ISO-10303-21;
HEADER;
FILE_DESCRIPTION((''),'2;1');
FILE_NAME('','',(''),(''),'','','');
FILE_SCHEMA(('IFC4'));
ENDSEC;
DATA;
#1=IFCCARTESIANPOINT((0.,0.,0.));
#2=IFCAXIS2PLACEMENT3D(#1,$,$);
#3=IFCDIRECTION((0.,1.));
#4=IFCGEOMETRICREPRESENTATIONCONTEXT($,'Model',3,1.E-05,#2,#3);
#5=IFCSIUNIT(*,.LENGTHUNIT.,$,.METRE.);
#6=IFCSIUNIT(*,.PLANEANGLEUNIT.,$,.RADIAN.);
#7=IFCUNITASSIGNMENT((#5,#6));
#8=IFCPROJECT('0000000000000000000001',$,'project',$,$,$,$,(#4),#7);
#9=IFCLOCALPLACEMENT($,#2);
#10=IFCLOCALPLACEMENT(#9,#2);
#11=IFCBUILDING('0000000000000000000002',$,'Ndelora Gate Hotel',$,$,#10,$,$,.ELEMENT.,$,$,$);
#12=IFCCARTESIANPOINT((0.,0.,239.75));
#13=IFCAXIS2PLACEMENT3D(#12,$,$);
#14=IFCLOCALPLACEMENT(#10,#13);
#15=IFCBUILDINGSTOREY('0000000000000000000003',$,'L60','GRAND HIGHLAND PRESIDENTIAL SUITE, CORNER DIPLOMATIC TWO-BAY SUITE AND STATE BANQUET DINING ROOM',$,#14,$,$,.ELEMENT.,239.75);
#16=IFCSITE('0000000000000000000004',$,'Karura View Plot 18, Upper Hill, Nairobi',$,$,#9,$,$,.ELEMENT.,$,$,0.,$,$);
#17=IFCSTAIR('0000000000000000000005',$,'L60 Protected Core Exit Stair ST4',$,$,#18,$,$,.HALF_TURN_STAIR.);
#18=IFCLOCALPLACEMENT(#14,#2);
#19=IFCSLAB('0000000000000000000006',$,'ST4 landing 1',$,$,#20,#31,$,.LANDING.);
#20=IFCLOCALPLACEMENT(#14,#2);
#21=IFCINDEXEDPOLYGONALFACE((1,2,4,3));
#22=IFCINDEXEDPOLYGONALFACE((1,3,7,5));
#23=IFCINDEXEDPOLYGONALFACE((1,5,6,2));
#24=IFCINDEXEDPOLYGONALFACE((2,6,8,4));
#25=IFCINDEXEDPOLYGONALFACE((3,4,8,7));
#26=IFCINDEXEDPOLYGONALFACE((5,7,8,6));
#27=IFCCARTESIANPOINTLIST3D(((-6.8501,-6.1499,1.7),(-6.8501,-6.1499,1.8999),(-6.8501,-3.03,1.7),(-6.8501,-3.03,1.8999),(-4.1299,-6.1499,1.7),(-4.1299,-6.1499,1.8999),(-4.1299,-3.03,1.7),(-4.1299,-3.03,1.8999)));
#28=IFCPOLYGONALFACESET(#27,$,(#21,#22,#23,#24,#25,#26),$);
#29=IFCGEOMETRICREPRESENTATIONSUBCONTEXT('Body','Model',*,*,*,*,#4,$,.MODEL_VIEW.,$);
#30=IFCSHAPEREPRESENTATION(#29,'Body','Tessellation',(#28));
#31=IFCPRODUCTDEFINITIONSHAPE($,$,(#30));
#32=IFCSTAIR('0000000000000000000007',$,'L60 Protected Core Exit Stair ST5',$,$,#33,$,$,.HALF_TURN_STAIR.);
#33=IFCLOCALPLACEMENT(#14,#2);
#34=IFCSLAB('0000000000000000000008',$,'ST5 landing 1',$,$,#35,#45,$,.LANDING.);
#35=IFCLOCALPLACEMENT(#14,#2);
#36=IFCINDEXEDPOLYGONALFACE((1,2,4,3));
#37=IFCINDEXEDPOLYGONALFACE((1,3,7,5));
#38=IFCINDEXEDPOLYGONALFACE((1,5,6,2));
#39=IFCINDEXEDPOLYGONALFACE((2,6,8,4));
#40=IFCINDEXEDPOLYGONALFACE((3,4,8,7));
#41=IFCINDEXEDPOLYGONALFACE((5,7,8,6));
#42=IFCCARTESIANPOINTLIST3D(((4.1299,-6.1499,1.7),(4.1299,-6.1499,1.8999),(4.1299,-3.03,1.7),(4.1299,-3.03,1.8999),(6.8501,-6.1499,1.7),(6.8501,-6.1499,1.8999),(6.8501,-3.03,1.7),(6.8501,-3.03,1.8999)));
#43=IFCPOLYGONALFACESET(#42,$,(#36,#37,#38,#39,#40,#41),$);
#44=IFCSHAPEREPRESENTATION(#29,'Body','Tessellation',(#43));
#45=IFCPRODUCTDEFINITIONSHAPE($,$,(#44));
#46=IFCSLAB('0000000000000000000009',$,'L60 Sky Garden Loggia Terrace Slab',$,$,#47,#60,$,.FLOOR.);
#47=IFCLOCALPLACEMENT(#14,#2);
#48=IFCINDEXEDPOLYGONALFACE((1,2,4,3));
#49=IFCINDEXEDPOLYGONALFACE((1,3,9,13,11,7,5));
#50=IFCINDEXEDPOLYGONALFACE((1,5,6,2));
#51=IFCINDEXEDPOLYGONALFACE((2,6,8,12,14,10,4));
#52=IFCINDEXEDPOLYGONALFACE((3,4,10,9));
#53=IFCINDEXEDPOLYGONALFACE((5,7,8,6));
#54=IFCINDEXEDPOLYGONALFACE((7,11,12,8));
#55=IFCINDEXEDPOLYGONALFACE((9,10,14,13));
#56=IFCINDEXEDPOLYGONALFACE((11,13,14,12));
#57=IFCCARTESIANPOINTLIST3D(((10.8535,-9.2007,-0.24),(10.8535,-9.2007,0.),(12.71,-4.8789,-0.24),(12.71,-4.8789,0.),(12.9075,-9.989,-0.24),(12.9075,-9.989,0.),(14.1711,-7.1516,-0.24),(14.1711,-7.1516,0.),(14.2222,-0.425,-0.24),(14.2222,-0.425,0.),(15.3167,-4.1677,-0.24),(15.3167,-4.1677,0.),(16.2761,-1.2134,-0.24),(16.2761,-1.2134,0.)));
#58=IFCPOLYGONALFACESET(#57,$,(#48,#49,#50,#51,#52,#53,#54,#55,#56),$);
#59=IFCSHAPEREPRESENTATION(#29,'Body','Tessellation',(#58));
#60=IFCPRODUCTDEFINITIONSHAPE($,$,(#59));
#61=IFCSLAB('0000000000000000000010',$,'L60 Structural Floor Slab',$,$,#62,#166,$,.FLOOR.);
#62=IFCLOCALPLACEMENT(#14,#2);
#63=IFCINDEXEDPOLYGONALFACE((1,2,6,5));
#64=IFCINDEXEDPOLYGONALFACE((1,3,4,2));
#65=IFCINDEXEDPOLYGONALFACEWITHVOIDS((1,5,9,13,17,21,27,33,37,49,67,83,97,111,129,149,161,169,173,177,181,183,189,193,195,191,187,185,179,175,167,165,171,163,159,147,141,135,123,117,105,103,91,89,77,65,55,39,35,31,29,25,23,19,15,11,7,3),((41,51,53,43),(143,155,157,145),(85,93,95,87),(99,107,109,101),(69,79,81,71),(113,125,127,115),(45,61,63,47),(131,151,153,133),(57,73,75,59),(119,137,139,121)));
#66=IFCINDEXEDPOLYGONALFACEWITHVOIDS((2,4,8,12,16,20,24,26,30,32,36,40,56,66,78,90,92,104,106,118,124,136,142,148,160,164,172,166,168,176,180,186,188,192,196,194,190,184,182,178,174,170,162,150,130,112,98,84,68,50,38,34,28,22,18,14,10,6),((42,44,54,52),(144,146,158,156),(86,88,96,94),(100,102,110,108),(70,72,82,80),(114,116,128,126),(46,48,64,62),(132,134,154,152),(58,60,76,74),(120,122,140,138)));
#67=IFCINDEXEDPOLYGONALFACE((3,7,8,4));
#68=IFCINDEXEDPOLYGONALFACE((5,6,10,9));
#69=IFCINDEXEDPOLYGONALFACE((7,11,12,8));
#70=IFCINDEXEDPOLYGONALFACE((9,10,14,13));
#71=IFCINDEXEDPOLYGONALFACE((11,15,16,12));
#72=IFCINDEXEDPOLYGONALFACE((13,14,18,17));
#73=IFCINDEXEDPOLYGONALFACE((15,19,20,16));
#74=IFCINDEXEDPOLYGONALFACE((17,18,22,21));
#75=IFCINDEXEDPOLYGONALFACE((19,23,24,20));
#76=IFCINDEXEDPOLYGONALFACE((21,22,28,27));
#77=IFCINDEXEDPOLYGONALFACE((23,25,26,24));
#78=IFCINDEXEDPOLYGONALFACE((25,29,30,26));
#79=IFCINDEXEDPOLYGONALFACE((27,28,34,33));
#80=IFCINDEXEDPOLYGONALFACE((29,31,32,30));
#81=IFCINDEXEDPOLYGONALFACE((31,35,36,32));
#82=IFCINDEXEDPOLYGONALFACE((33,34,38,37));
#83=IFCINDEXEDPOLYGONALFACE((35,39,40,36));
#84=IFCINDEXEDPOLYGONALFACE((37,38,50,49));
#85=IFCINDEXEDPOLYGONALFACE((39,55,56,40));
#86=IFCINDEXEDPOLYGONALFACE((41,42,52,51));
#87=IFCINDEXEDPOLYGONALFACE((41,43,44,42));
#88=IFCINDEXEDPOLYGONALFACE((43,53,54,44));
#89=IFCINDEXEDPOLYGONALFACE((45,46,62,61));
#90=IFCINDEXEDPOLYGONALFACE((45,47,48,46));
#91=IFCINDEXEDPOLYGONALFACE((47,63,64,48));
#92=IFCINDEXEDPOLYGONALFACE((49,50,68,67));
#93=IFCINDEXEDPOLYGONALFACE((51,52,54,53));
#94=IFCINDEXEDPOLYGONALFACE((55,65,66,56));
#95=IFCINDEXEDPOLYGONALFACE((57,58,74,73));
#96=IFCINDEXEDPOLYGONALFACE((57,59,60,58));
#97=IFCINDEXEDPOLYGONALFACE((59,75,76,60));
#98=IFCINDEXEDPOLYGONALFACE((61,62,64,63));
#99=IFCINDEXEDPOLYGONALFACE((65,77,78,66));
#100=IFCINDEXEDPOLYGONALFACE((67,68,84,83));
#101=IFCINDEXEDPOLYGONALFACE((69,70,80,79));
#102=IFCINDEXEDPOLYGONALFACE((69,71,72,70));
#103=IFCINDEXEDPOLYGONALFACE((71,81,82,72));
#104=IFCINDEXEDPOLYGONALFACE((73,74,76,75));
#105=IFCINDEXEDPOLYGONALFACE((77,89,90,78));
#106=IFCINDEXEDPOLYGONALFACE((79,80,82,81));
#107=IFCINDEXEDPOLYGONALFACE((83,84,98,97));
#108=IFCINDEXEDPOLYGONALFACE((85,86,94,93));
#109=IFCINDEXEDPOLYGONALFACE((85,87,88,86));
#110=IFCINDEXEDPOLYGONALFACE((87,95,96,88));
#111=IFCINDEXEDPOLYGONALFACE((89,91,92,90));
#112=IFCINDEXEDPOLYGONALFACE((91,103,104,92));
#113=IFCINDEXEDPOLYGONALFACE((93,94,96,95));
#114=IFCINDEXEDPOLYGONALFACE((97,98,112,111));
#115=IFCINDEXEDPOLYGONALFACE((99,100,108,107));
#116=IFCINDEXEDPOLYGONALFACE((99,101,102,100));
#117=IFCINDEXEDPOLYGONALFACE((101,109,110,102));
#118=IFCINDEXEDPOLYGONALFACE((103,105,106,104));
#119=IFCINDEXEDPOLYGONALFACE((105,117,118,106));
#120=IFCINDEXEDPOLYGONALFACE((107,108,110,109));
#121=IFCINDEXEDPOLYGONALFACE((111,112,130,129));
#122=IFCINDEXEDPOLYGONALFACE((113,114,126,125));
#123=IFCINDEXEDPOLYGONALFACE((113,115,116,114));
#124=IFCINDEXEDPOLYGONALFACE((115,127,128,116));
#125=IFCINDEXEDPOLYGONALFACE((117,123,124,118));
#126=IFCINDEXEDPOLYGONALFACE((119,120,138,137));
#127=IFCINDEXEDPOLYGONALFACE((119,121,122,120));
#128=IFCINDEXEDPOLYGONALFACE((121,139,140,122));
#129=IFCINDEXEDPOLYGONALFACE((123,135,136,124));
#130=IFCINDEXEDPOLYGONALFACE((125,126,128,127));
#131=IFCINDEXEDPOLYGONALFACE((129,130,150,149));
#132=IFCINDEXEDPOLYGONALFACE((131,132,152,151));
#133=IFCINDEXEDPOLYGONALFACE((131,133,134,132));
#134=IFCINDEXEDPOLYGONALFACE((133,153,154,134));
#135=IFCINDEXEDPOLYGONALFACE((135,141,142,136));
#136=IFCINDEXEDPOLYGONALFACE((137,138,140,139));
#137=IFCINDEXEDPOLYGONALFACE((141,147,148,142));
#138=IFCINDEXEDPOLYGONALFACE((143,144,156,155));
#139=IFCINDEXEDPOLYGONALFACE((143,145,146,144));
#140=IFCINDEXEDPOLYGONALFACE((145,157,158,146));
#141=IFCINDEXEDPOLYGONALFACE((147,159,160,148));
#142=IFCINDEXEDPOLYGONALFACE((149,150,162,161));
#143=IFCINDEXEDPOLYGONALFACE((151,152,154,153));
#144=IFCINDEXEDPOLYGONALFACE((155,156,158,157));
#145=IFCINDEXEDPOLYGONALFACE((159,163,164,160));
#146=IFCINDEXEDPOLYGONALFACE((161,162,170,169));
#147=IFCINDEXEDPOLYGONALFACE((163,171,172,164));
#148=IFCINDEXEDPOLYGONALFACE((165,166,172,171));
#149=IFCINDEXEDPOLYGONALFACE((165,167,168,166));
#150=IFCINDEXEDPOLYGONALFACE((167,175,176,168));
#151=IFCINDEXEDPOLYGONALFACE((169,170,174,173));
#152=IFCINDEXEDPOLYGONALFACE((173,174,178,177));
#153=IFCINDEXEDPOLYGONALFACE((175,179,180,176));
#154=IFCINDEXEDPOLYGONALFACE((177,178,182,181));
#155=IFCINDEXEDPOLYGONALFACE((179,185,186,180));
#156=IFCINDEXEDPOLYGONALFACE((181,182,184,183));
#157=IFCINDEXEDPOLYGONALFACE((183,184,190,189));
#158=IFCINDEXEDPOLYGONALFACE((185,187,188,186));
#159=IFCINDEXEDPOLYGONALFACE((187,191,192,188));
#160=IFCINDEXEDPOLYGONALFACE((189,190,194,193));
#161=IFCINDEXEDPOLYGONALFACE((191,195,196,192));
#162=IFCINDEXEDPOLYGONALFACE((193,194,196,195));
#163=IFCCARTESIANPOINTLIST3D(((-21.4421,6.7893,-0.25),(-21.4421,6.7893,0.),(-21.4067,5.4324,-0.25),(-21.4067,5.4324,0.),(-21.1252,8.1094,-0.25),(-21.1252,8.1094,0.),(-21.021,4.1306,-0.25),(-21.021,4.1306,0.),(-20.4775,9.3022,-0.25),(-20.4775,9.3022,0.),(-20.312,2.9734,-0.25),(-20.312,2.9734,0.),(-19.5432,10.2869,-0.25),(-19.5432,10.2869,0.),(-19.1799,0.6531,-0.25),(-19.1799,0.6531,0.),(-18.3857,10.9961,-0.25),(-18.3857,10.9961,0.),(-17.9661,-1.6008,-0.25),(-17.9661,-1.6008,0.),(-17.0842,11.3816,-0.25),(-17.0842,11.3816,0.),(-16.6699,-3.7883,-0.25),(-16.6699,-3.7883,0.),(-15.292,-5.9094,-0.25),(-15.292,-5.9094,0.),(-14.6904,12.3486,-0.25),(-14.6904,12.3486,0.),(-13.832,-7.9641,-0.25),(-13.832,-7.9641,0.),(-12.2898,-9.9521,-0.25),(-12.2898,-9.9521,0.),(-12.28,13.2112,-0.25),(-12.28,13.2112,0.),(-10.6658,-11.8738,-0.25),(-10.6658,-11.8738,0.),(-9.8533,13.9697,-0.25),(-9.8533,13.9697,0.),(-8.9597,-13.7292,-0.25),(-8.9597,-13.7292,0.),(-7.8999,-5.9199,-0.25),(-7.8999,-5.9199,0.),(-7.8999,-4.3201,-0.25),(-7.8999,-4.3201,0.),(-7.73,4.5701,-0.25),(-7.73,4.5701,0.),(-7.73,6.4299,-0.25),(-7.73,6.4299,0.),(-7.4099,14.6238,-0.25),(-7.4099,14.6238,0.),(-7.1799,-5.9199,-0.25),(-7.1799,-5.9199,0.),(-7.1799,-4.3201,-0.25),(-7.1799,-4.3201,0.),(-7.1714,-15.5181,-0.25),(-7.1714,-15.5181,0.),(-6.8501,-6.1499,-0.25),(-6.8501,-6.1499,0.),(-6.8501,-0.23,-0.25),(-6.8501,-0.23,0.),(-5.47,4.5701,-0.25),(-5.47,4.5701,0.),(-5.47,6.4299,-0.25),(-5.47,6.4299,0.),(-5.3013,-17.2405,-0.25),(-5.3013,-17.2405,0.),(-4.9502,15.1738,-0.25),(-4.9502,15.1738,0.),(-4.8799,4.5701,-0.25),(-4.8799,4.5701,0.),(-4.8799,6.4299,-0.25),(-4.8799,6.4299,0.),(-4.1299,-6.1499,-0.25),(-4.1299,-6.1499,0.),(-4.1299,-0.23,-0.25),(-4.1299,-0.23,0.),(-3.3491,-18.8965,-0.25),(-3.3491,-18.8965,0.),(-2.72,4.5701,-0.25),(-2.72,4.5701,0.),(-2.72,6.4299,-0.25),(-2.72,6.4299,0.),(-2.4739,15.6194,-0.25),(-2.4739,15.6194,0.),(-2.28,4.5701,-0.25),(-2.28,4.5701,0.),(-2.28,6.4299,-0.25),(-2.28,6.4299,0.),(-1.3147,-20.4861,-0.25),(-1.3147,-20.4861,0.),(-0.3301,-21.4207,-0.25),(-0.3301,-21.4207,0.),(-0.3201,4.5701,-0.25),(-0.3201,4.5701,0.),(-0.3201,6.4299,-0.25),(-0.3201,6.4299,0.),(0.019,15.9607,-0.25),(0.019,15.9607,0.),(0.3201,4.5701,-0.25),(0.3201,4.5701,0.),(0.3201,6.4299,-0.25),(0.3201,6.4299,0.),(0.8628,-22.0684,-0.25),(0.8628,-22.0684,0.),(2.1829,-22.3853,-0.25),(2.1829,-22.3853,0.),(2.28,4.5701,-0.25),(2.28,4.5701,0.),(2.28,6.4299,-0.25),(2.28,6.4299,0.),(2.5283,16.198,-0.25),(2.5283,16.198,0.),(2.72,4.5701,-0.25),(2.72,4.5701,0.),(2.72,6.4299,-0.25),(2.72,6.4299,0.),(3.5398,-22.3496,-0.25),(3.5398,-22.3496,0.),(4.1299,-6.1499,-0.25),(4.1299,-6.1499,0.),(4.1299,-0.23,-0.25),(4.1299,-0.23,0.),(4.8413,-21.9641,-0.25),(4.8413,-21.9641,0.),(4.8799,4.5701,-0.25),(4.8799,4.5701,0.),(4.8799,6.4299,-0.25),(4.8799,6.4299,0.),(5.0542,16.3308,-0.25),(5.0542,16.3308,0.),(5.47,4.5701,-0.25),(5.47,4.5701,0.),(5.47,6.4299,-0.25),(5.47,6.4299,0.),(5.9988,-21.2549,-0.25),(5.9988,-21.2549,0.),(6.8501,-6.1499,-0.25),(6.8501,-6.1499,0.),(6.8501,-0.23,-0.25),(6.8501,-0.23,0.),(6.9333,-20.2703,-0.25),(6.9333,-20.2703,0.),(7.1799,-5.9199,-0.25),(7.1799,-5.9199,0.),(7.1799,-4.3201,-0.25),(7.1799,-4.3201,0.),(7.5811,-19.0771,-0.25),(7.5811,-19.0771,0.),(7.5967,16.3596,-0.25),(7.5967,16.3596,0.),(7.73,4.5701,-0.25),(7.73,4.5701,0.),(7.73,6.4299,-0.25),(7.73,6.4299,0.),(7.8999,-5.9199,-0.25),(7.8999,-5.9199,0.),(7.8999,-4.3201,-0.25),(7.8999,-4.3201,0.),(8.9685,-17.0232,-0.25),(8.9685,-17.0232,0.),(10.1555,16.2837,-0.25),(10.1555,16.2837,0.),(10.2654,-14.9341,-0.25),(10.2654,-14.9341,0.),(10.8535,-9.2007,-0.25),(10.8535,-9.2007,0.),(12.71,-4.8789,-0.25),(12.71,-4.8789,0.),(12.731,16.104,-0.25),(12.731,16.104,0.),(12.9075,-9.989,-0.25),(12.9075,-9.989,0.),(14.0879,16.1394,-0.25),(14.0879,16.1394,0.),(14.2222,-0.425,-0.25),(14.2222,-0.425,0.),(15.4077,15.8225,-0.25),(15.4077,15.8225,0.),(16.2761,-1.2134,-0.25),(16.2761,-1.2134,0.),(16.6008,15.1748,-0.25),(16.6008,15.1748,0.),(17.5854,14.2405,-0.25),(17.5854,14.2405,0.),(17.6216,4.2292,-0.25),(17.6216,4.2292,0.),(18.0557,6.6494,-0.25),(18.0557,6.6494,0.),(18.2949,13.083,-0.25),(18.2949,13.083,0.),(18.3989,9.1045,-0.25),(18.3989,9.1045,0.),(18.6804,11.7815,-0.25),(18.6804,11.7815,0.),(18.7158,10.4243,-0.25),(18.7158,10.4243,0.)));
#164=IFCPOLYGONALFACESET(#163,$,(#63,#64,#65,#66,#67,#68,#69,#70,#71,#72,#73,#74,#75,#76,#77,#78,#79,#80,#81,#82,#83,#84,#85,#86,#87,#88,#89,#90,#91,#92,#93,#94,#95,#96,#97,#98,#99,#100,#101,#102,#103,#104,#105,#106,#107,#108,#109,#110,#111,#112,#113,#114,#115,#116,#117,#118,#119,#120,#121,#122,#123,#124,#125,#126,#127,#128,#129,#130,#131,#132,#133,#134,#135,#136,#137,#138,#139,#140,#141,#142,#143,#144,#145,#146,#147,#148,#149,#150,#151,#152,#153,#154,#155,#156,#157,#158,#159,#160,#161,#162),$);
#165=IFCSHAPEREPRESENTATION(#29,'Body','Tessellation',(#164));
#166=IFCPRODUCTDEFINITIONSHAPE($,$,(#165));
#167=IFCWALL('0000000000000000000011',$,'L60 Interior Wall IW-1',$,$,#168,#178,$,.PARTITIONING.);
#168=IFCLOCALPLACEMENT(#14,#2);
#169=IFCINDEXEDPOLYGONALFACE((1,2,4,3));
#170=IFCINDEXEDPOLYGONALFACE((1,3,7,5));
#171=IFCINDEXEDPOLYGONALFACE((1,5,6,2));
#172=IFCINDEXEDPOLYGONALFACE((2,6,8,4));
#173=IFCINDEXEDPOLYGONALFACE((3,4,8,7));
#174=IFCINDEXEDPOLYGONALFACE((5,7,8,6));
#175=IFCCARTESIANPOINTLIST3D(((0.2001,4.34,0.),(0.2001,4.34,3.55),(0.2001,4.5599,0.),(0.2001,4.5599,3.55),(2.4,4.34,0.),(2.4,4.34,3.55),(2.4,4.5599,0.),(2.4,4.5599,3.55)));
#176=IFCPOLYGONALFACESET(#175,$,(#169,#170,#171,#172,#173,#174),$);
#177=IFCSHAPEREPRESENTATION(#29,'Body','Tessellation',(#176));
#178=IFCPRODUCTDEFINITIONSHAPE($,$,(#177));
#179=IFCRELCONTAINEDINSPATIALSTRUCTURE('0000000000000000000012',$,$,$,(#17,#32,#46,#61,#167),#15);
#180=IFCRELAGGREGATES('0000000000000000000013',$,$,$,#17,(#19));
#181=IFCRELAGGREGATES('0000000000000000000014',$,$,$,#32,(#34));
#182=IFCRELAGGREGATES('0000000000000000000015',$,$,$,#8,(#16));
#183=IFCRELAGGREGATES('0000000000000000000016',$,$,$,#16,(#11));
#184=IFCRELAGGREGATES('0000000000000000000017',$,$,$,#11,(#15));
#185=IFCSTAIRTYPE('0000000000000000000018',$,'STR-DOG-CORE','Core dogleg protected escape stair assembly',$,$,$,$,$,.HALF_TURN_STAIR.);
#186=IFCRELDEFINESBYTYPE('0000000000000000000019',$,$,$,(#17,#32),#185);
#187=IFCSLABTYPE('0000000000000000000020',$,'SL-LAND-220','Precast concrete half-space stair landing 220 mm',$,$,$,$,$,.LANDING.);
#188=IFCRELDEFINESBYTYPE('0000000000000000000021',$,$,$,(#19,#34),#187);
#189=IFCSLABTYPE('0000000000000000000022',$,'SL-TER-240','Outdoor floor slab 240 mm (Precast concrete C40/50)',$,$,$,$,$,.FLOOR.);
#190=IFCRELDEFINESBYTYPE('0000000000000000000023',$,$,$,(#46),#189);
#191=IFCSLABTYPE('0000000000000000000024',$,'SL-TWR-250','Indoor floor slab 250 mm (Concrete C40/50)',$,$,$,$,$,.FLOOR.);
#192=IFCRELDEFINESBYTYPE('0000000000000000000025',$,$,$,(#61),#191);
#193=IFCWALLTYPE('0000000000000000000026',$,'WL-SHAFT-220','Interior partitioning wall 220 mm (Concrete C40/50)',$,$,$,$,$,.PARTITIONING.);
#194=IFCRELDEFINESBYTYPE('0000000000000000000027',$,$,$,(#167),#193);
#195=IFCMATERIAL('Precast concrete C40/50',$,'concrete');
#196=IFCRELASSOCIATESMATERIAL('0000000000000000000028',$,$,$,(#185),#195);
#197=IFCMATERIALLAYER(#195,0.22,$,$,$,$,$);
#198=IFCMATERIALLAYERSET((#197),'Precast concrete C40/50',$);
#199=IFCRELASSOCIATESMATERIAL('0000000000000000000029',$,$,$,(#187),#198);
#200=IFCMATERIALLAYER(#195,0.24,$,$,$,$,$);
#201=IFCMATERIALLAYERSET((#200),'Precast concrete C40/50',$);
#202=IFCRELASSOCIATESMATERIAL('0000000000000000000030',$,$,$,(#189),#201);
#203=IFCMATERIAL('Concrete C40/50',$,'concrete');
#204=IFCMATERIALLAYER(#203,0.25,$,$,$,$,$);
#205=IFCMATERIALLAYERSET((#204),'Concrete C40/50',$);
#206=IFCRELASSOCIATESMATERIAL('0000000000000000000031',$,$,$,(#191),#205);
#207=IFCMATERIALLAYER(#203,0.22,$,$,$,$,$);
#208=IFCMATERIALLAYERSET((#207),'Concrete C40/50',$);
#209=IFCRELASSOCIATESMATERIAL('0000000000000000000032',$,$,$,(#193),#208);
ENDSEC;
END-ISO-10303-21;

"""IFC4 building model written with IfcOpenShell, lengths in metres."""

from ifc_helpers import new_model, si_unit, direction, frame, frame_2d, origin, place, context, subcontext, project, spatial, polyline, rectangle, outline, extrude, material, layer, layer_set, type_object, element, aggregate, save


model = new_model("IFC4")

# Units and contexts
model_context = context("Model", 3, precision=1e-05, world=origin(), true_north=direction((0.0, 1.0)))
body_context = subcontext(model_context, "Body", "Model", "MODEL_VIEW")
ifc_project = project(units=[si_unit("LENGTHUNIT", "METRE"), si_unit("PLANEANGLEUNIT", "RADIAN")], contexts=[model_context])

# Site, building, storey
site_placement = place(None, origin())
site = spatial("IfcSite", under=ifc_project, at=site_placement, Name="Karura View Plot 18, Upper Hill, Nairobi", CompositionType="ELEMENT", RefElevation=0.0)
building_placement = place(site_placement, origin())
building = spatial("IfcBuilding", under=site, at=building_placement, Name="Ndelora Gate Hotel", CompositionType="ELEMENT")
storey_placement = place(building_placement, frame((0.0, 0.0, 239.75)))
storey = spatial("IfcBuildingStorey", under=building, at=storey_placement, Name="L60", Description="GRAND HIGHLAND PRESIDENTIAL SUITE, CORNER DIPLOMATIC TWO-BAY SUITE AND STATE BANQUET DINING ROOM", CompositionType="ELEMENT", Elevation=239.75)

# Stairs, slabs
ifc_material_1 = material(Name="Precast concrete C40/50", Category="concrete")
stair_type = type_object("IfcStairType", Name="STR-DOG-CORE", Description="Core dogleg protected escape stair assembly", PredefinedType="HALF_TURN_STAIR", material=ifc_material_1)
stair_1_placement = place(storey_placement, origin())
stair_1 = element("IfcStair", 1, at=stair_1_placement, inside=storey, type_object=stair_type, Name="L60 Protected Core Exit Stair ST4", PredefinedType="HALF_TURN_STAIR")
ifc_layer_1 = layer(ifc_material_1, 0.22)
ifc_layer_set_1 = layer_set([ifc_layer_1], Name="Precast concrete C40/50")
slab_type_1 = type_object("IfcSlabType", Name="SL-LAND-220", Description="Precast concrete half-space stair landing 220 mm", PredefinedType="LANDING", material=ifc_layer_set_1)
slab_1_placement = place(storey_placement, frame((0.0, 0.0, 1.7)))
slab_1 = element("IfcSlab", 2, at=slab_1_placement, type_object=slab_type_1, Name="ST4 landing 1", PredefinedType="LANDING", context=body_context, shape_type="SweptSolid", body=[
    extrude(outline(polyline([(-6.8501, -3.03), (-6.8501, -6.1499), (-4.1299, -6.1499), (-4.1299, -3.03), (-6.8501, -3.03)])), origin(), (0.0, 0.0, 1.0), 0.2),
])
aggregate(stair_1, [slab_1])
stair_2_placement = place(storey_placement, origin())
stair_2 = element("IfcStair", 3, at=stair_2_placement, inside=storey, type_object=stair_type, Name="L60 Protected Core Exit Stair ST5", PredefinedType="HALF_TURN_STAIR")
slab_2_placement = place(storey_placement, frame((0.0, 0.0, 1.7)))
slab_2 = element("IfcSlab", 4, at=slab_2_placement, type_object=slab_type_1, Name="ST5 landing 1", PredefinedType="LANDING", context=body_context, shape_type="SweptSolid", body=[
    extrude(outline(polyline([(4.1299, -3.03), (4.1299, -6.1499), (6.8501, -6.1499), (6.8501, -3.03), (4.1299, -3.03)])), origin(), (0.0, 0.0, 1.0), 0.2),
])
aggregate(stair_2, [slab_2])

# Slabs
ifc_layer_2 = layer(ifc_material_1, 0.24)
ifc_layer_set_2 = layer_set([ifc_layer_2], Name="Precast concrete C40/50")
slab_type_2 = type_object("IfcSlabType", Name="SL-TER-240", Description="Outdoor floor slab 240 mm (Precast concrete C40/50)", PredefinedType="FLOOR", material=ifc_layer_set_2)
slab_3_placement = place(storey_placement, frame((0.0, 0.0, -0.24)))
element("IfcSlab", 5, at=slab_3_placement, inside=storey, type_object=slab_type_2, Name="L60 Sky Garden Loggia Terrace Slab", PredefinedType="FLOOR", context=body_context, shape_type="SweptSolid", body=[
    extrude(outline(polyline([(10.8535, -9.2007), (12.9075, -9.989), (14.1711, -7.1516), (15.3167, -4.1677), (16.2761, -1.2134), (14.2222, -0.425), (12.71, -4.8789), (10.8535, -9.2007)])), origin(), (0.0, 0.0, 1.0), 0.24),
])
ifc_material_2 = material(Name="Concrete C40/50", Category="concrete")
ifc_layer_3 = layer(ifc_material_2, 0.25)
ifc_layer_set_3 = layer_set([ifc_layer_3], Name="Concrete C40/50")
slab_type_3 = type_object("IfcSlabType", Name="SL-TWR-250", Description="Indoor floor slab 250 mm (Concrete C40/50)", PredefinedType="FLOOR", material=ifc_layer_set_3)
slab_4_placement = place(storey_placement, frame((0.0, 0.0, -0.25)))
element("IfcSlab", 6, at=slab_4_placement, inside=storey, type_object=slab_type_3, Name="L60 Structural Floor Slab", PredefinedType="FLOOR", context=body_context, shape_type="SweptSolid", body=[
    extrude(outline(polyline([(-17.0842, 11.3816), (-18.3857, 10.9961), (-19.5432, 10.2869), (-20.4775, 9.3022), (-21.1252, 8.1094), (-21.4421, 6.7893), (-21.4067, 5.4324), (-21.021, 4.1306), (-20.312, 2.9734), (-19.1799, 0.6531), (-17.9661, -1.6008), (-16.6699, -3.7883), (-15.292, -5.9094), (-13.832, -7.9641), (-12.2898, -9.9521), (-10.6658, -11.8738), (-8.9597, -13.7292), (-7.1714, -15.5181), (-5.3013, -17.2405), (-3.3491, -18.8965), (-1.3147, -20.4861), (-0.3301, -21.4207), (0.8628, -22.0684), (2.1829, -22.3853), (3.5398, -22.3496), (4.8413, -21.9641), (5.9988, -21.2549), (6.9333, -20.2703), (7.5811, -19.0771), (8.9685, -17.0232), (10.2654, -14.9341), (12.9075, -9.989), (10.8535, -9.2007), (12.71, -4.8789), (14.2222, -0.425), (16.2761, -1.2134), (17.6216, 4.2292), (18.0557, 6.6494), (18.3989, 9.1045), (18.7158, 10.4243), (18.6804, 11.7815), (18.2949, 13.083), (17.5854, 14.2405), (16.6008, 15.1748), (15.4077, 15.8225), (14.0879, 16.1394), (12.731, 16.104), (10.1555, 16.2837), (7.5967, 16.3596), (5.0542, 16.3308), (2.5283, 16.198), (0.019, 15.9607), (-2.4739, 15.6194), (-4.9502, 15.1738), (-7.4099, 14.6238), (-9.8533, 13.9697), (-12.28, 13.2112), (-14.6904, 12.3486), (-17.0842, 11.3816)]), holes=[polyline([(-6.8501, -0.23), (-6.8501, -6.1499), (-4.1299, -6.1499), (-4.1299, -0.23), (-6.8501, -0.23)]), polyline([(4.1299, -0.23), (4.1299, -6.1499), (6.8501, -6.1499), (6.8501, -0.23), (4.1299, -0.23)]), polyline([(-7.73, 4.5701), (-5.47, 4.5701), (-5.47, 6.4299), (-7.73, 6.4299), (-7.73, 4.5701)]), polyline([(5.47, 4.5701), (7.73, 4.5701), (7.73, 6.4299), (5.47, 6.4299), (5.47, 4.5701)]), polyline([(-4.8799, 4.5701), (-2.72, 4.5701), (-2.72, 6.4299), (-4.8799, 6.4299), (-4.8799, 4.5701)]), polyline([(2.72, 4.5701), (4.8799, 4.5701), (4.8799, 6.4299), (2.72, 6.4299), (2.72, 4.5701)]), polyline([(-2.28, 4.5701), (-0.3201, 4.5701), (-0.3201, 6.4299), (-2.28, 6.4299), (-2.28, 4.5701)]), polyline([(0.3201, 4.5701), (2.28, 4.5701), (2.28, 6.4299), (0.3201, 6.4299), (0.3201, 4.5701)]), polyline([(-7.8999, -5.9199), (-7.1799, -5.9199), (-7.1799, -4.3201), (-7.8999, -4.3201), (-7.8999, -5.9199)]), polyline([(7.1799, -5.9199), (7.8999, -5.9199), (7.8999, -4.3201), (7.1799, -4.3201), (7.1799, -5.9199)])]), origin(), (0.0, 0.0, 1.0), 0.25),
])

# Shared definitions
ifc_layer_4 = layer(ifc_material_2, 0.22)
ifc_layer_set_4 = layer_set([ifc_layer_4], Name="Concrete C40/50")
wall_type_1 = type_object("IfcWallType", Name="WL-SHAFT-220", Description="Interior partitioning wall 220 mm (Concrete C40/50)", PredefinedType="PARTITIONING", material=ifc_layer_set_4)

# Wall
wall_1_placement = place(storey_placement, frame((0.2, 4.45, 0.0), z_axis=(0.0, 0.0, 1.0), x_axis=(1.0, 0.0, 0.0)))
element("IfcWall", 7, at=wall_1_placement, inside=storey, type_object=wall_type_1, Name="L60 Interior Wall IW-1", PredefinedType="PARTITIONING", context=body_context, shape_type="SweptSolid", body=[
    extrude(rectangle(XDim=2.2, YDim=0.22, at=frame_2d((1.1001, 0.0))), origin(), (0.0, 0.0, 1.0), 3.55),
])

save(model, "model.ifc")
